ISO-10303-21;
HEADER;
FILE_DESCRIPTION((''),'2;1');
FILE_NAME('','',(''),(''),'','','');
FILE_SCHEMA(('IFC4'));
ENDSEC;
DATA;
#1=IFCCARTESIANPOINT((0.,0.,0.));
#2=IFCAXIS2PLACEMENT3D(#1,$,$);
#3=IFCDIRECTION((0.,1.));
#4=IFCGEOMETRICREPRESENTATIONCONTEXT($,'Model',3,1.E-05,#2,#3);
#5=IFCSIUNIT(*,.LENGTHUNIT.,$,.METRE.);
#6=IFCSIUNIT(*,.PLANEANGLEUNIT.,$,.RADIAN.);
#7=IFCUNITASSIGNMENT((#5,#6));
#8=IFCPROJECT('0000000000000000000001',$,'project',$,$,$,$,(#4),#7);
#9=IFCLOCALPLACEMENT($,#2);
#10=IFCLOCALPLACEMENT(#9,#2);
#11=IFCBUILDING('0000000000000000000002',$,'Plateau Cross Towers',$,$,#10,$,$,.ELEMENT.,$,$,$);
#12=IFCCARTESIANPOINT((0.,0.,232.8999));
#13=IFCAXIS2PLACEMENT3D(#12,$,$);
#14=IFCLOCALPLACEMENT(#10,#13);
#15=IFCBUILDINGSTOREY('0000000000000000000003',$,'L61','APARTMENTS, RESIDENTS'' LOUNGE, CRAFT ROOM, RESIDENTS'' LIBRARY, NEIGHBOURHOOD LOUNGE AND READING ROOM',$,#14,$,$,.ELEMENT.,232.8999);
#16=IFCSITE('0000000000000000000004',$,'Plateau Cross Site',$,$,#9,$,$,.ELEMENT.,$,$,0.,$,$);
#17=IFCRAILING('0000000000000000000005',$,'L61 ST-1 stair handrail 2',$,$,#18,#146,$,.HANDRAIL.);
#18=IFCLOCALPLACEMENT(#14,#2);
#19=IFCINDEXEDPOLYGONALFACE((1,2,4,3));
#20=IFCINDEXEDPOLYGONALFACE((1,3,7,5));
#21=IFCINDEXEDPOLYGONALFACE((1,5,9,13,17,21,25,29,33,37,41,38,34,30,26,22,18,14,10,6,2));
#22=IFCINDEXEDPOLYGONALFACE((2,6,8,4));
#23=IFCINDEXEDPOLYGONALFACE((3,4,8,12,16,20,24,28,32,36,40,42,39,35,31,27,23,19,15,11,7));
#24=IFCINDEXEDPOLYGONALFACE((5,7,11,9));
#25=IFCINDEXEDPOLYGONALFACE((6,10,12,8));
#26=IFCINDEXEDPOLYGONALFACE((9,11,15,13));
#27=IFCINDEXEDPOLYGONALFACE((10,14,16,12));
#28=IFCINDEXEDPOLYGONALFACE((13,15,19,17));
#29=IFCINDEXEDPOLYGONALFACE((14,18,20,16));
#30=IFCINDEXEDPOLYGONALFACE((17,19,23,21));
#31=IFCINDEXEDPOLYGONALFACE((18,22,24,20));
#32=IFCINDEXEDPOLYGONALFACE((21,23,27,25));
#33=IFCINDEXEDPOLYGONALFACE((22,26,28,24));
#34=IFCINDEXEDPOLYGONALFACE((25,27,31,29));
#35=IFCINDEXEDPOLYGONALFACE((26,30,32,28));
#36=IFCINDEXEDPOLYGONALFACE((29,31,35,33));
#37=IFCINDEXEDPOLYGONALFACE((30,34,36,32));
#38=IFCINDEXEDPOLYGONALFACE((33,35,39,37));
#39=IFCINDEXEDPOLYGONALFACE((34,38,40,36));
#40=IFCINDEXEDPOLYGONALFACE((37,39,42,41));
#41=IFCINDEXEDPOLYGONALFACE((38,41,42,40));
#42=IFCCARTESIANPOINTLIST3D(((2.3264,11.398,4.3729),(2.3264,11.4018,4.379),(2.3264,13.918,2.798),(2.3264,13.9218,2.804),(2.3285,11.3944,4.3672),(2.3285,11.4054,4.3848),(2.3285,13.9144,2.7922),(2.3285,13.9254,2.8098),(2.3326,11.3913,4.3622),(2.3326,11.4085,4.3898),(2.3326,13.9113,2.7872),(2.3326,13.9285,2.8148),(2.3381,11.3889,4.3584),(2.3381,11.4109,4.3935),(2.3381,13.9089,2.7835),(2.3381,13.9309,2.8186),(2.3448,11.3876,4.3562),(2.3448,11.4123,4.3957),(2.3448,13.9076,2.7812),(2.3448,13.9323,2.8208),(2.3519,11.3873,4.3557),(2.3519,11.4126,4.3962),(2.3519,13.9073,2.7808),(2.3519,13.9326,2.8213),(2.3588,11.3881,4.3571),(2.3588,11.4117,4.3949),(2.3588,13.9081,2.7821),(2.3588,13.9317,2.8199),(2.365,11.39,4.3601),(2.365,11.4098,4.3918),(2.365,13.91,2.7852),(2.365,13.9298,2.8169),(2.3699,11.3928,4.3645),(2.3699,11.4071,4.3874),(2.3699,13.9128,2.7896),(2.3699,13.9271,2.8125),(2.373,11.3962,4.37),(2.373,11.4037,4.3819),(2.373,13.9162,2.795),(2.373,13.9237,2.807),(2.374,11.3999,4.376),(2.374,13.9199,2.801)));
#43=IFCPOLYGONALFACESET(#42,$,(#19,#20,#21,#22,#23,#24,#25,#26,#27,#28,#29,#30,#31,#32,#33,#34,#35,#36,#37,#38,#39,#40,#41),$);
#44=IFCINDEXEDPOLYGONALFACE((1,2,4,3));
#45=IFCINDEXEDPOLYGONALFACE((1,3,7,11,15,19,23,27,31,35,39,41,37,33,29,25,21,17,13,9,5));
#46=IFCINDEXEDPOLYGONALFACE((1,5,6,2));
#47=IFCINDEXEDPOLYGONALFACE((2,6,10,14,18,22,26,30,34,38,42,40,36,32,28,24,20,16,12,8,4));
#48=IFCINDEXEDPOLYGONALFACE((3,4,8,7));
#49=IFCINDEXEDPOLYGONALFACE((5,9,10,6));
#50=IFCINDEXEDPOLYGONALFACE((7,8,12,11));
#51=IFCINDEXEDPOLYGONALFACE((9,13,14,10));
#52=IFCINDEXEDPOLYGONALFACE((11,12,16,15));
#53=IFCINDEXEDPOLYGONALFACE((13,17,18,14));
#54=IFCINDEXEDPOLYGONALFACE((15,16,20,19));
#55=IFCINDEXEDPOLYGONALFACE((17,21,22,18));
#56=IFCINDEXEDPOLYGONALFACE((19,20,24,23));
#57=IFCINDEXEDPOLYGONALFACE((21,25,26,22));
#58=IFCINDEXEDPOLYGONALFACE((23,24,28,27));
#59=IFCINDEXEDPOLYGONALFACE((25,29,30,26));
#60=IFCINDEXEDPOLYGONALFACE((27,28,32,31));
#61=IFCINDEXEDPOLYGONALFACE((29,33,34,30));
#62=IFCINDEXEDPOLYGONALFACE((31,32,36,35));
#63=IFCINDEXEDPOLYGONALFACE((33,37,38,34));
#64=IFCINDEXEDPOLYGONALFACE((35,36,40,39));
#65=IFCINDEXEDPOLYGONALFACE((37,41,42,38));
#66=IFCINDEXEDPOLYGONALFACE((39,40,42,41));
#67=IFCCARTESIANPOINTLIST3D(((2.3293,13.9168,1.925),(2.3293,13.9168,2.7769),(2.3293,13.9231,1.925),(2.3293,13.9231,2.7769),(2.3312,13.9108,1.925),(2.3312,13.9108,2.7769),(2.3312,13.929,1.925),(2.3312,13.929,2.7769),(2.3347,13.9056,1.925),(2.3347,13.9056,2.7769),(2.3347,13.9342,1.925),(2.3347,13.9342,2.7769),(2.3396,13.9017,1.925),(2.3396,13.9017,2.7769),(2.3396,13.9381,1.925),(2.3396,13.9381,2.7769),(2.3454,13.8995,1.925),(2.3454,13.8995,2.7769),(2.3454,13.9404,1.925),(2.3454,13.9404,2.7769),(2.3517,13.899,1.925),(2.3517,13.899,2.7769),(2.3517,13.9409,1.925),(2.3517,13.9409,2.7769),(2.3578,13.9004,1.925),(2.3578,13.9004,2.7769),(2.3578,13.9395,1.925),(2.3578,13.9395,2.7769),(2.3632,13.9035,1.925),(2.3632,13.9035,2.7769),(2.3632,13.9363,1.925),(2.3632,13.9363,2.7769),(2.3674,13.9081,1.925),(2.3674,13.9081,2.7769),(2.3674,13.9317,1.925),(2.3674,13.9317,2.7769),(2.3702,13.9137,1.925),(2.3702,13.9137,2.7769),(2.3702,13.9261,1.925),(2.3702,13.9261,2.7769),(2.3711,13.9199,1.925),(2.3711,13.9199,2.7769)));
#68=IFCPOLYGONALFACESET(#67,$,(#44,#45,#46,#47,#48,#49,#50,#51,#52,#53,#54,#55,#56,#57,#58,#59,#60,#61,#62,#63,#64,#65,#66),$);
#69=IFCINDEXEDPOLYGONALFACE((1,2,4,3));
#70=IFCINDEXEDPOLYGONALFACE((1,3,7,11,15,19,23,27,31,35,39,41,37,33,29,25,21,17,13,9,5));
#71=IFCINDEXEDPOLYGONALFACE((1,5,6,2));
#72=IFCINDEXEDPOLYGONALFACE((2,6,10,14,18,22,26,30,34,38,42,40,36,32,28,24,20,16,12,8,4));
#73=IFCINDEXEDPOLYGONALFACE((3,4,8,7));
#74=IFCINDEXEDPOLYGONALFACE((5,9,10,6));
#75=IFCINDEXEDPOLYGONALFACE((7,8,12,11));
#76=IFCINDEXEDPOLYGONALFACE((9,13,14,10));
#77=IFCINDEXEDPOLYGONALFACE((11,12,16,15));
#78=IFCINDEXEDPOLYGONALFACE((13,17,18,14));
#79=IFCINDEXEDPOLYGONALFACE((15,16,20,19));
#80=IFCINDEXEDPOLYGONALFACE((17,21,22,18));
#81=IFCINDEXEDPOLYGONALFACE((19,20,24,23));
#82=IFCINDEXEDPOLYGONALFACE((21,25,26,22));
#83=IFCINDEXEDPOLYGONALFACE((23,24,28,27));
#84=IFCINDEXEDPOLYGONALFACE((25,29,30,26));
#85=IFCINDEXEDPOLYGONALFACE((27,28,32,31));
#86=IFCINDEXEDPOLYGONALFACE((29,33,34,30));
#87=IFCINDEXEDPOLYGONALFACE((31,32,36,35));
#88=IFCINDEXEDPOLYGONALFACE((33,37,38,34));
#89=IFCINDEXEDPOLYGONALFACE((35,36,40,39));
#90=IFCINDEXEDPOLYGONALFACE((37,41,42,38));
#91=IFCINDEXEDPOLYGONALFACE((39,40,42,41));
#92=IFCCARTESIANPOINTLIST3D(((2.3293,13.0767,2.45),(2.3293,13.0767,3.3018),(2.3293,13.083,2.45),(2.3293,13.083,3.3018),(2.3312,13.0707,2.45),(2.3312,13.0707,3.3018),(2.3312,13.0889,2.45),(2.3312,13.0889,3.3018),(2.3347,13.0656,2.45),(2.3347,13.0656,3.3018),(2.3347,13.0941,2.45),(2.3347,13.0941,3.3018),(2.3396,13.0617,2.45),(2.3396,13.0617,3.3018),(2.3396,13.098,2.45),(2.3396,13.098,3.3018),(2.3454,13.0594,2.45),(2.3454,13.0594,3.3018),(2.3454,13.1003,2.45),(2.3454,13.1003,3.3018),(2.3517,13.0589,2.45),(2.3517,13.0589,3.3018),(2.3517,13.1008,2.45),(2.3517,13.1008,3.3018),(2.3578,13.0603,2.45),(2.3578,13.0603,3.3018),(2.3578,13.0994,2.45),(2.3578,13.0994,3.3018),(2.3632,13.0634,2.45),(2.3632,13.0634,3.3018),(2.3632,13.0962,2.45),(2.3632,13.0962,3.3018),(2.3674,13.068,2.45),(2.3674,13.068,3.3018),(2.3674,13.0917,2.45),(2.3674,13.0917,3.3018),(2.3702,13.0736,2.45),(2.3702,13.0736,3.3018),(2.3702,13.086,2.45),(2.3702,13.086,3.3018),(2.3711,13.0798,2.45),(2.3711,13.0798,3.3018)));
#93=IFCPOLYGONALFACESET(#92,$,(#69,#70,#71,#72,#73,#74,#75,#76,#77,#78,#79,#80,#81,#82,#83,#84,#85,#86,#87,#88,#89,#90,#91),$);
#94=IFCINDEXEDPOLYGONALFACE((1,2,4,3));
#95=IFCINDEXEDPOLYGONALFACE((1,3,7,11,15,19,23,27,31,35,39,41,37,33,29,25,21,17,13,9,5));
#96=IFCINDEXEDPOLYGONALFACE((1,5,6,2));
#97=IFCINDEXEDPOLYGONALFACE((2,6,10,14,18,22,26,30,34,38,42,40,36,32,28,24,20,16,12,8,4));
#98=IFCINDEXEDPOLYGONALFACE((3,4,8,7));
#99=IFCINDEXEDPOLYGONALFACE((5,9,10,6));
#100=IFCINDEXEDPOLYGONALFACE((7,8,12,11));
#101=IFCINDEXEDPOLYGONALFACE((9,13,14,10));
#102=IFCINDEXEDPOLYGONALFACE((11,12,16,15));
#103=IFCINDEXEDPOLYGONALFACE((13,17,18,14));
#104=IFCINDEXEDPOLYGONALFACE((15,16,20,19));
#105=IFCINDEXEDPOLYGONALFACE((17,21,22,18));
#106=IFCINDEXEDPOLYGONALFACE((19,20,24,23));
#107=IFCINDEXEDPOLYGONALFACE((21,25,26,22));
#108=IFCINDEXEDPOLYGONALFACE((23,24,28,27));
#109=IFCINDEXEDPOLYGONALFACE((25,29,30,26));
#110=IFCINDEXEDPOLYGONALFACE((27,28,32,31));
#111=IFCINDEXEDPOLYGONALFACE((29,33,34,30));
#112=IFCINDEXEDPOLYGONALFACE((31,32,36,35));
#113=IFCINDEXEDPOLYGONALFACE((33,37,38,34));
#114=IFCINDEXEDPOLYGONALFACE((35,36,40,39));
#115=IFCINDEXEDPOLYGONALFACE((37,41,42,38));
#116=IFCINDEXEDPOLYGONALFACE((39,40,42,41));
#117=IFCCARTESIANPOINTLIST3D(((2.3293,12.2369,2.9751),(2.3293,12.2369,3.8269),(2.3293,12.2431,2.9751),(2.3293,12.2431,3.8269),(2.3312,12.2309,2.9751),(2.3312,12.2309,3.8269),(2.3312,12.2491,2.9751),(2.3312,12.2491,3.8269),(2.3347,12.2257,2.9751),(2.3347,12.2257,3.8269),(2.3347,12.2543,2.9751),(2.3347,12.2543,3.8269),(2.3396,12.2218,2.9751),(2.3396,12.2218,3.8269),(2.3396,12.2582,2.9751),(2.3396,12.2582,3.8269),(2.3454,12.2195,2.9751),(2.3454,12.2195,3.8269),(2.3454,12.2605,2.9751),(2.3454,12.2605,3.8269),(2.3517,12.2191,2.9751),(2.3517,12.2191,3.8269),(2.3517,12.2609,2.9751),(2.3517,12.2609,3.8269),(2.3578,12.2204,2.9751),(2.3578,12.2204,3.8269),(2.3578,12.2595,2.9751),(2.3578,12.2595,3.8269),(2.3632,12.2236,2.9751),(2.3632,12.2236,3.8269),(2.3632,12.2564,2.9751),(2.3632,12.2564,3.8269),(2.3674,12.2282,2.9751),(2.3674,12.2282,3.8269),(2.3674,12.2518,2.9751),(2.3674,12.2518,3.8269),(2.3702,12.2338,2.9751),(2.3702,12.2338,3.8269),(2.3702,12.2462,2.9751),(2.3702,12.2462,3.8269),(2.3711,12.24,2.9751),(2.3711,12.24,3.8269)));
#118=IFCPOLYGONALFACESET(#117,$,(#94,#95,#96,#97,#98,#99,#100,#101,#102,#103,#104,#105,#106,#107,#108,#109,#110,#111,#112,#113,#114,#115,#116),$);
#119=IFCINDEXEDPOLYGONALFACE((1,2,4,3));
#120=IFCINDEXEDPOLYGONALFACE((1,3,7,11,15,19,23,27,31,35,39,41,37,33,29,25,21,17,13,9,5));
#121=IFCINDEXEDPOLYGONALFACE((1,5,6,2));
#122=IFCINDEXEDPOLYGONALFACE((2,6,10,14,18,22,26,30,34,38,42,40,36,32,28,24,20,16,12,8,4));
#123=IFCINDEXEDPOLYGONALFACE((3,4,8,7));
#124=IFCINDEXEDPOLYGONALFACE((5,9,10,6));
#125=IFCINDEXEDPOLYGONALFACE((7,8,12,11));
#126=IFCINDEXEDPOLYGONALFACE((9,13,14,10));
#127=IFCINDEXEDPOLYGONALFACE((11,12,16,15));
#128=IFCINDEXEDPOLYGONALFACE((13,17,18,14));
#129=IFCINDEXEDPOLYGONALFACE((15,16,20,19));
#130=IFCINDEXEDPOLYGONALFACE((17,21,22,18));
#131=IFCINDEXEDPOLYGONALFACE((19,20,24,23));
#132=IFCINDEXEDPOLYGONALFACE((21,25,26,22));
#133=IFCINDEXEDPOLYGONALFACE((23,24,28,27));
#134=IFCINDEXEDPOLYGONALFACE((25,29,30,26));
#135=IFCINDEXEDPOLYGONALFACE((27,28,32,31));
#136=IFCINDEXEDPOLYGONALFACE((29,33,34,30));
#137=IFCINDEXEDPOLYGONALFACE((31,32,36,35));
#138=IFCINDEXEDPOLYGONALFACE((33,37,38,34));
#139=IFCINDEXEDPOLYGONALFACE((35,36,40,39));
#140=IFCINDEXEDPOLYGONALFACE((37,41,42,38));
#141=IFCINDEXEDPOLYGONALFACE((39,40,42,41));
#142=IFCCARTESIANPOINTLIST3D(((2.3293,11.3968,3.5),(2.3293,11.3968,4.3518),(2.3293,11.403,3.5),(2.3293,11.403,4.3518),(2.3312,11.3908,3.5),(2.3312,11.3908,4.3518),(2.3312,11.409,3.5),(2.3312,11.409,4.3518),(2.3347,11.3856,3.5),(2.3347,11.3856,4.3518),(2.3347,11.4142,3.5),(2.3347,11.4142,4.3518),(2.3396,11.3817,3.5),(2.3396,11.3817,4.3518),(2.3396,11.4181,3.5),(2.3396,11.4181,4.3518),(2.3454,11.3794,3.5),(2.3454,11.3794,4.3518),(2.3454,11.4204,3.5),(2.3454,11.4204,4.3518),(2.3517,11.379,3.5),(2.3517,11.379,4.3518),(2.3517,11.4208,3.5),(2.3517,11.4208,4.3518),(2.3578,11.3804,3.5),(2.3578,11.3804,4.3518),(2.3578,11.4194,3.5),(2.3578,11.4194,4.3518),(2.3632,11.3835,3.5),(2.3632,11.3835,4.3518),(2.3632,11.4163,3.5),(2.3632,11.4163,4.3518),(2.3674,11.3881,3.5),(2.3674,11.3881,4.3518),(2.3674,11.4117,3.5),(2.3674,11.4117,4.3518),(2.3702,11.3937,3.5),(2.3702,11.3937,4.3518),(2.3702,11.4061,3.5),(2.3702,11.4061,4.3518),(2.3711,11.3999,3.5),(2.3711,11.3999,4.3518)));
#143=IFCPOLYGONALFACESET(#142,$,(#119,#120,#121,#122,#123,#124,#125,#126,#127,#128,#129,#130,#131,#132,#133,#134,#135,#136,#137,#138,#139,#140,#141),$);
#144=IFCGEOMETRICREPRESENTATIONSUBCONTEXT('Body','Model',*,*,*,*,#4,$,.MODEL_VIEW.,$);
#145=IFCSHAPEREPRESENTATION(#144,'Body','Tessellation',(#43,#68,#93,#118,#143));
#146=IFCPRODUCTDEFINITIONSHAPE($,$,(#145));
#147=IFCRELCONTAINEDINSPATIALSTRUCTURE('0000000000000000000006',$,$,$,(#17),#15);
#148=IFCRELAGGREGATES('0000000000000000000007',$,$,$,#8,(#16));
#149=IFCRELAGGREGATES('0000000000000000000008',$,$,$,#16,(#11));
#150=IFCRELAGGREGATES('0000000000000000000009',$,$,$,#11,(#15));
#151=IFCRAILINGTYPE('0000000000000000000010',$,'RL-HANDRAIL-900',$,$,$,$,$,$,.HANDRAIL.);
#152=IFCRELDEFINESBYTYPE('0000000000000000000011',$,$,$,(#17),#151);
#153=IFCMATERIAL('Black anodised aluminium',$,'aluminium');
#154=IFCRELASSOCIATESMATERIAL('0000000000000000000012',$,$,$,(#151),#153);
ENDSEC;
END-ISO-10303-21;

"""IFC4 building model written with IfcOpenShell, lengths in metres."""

from ifc_helpers import new_model, si_unit, direction, frame, origin, origin_2d, place, context, subcontext, project, spatial, circle, extrude, material, type_object, element, save


model = new_model("IFC4")

# Units and contexts
model_context = context("Model", 3, precision=1e-05, world=origin(), true_north=direction((0.0, 1.0)))
body_context = subcontext(model_context, "Body", "Model", "MODEL_VIEW")
ifc_project = project(units=[si_unit("LENGTHUNIT", "METRE"), si_unit("PLANEANGLEUNIT", "RADIAN")], contexts=[model_context])

# Site, building, storey
site_placement = place(None, origin())
site = spatial("IfcSite", under=ifc_project, at=site_placement, Name="Plateau Cross Site", CompositionType="ELEMENT", RefElevation=0.0)
building_placement = place(site_placement, origin())
building = spatial("IfcBuilding", under=site, at=building_placement, Name="Plateau Cross Towers", CompositionType="ELEMENT")
storey_placement = place(building_placement, frame((0.0, 0.0, 232.8999)))
storey = spatial("IfcBuildingStorey", under=building, at=storey_placement, Name="L61", Description="APARTMENTS, RESIDENTS' LOUNGE, CRAFT ROOM, RESIDENTS' LIBRARY, NEIGHBOURHOOD LOUNGE AND READING ROOM", CompositionType="ELEMENT", Elevation=232.8999)

# Shared definitions
ifc_material_1 = material(Name="Black anodised aluminium", Category="aluminium")

# Railing
railing_type_1 = type_object("IfcRailingType", Name="RL-HANDRAIL-900", PredefinedType="HANDRAIL", material=ifc_material_1)
railing_1_placement = place(storey_placement, frame((2.3501, 13.9199, 1.925)))
element("IfcRailing", 1, at=railing_1_placement, inside=storey, type_object=railing_type_1, Name="L61 ST-1 stair handrail 2", PredefinedType="HANDRAIL", context=body_context, shape_type="SweptSolid", body=[
    extrude(circle(Radius=0.0239, at=origin_2d()), frame((0.0, 0.0, 0.876), z_axis=(0.0, -0.848008, 0.529984), x_axis=(1.0, 0.0, 0.0)), (0.0, 0.0, 1.0), 2.9717),
    extrude(circle(Radius=0.021, at=origin_2d()), origin(), (0.0, 0.0, 1.0), 0.8518),
    extrude(circle(Radius=0.021, at=origin_2d()), frame((0.0, -0.8401, 0.5249)), (0.0, 0.0, 1.0), 0.8518),
    extrude(circle(Radius=0.021, at=origin_2d()), frame((0.0, -1.6799, 1.05)), (0.0, 0.0, 1.0), 0.8518),
    extrude(circle(Radius=0.021, at=origin_2d()), frame((0.0, -2.52, 1.575)), (0.0, 0.0, 1.0), 0.8518),
])

save(model, "model.ifc")
